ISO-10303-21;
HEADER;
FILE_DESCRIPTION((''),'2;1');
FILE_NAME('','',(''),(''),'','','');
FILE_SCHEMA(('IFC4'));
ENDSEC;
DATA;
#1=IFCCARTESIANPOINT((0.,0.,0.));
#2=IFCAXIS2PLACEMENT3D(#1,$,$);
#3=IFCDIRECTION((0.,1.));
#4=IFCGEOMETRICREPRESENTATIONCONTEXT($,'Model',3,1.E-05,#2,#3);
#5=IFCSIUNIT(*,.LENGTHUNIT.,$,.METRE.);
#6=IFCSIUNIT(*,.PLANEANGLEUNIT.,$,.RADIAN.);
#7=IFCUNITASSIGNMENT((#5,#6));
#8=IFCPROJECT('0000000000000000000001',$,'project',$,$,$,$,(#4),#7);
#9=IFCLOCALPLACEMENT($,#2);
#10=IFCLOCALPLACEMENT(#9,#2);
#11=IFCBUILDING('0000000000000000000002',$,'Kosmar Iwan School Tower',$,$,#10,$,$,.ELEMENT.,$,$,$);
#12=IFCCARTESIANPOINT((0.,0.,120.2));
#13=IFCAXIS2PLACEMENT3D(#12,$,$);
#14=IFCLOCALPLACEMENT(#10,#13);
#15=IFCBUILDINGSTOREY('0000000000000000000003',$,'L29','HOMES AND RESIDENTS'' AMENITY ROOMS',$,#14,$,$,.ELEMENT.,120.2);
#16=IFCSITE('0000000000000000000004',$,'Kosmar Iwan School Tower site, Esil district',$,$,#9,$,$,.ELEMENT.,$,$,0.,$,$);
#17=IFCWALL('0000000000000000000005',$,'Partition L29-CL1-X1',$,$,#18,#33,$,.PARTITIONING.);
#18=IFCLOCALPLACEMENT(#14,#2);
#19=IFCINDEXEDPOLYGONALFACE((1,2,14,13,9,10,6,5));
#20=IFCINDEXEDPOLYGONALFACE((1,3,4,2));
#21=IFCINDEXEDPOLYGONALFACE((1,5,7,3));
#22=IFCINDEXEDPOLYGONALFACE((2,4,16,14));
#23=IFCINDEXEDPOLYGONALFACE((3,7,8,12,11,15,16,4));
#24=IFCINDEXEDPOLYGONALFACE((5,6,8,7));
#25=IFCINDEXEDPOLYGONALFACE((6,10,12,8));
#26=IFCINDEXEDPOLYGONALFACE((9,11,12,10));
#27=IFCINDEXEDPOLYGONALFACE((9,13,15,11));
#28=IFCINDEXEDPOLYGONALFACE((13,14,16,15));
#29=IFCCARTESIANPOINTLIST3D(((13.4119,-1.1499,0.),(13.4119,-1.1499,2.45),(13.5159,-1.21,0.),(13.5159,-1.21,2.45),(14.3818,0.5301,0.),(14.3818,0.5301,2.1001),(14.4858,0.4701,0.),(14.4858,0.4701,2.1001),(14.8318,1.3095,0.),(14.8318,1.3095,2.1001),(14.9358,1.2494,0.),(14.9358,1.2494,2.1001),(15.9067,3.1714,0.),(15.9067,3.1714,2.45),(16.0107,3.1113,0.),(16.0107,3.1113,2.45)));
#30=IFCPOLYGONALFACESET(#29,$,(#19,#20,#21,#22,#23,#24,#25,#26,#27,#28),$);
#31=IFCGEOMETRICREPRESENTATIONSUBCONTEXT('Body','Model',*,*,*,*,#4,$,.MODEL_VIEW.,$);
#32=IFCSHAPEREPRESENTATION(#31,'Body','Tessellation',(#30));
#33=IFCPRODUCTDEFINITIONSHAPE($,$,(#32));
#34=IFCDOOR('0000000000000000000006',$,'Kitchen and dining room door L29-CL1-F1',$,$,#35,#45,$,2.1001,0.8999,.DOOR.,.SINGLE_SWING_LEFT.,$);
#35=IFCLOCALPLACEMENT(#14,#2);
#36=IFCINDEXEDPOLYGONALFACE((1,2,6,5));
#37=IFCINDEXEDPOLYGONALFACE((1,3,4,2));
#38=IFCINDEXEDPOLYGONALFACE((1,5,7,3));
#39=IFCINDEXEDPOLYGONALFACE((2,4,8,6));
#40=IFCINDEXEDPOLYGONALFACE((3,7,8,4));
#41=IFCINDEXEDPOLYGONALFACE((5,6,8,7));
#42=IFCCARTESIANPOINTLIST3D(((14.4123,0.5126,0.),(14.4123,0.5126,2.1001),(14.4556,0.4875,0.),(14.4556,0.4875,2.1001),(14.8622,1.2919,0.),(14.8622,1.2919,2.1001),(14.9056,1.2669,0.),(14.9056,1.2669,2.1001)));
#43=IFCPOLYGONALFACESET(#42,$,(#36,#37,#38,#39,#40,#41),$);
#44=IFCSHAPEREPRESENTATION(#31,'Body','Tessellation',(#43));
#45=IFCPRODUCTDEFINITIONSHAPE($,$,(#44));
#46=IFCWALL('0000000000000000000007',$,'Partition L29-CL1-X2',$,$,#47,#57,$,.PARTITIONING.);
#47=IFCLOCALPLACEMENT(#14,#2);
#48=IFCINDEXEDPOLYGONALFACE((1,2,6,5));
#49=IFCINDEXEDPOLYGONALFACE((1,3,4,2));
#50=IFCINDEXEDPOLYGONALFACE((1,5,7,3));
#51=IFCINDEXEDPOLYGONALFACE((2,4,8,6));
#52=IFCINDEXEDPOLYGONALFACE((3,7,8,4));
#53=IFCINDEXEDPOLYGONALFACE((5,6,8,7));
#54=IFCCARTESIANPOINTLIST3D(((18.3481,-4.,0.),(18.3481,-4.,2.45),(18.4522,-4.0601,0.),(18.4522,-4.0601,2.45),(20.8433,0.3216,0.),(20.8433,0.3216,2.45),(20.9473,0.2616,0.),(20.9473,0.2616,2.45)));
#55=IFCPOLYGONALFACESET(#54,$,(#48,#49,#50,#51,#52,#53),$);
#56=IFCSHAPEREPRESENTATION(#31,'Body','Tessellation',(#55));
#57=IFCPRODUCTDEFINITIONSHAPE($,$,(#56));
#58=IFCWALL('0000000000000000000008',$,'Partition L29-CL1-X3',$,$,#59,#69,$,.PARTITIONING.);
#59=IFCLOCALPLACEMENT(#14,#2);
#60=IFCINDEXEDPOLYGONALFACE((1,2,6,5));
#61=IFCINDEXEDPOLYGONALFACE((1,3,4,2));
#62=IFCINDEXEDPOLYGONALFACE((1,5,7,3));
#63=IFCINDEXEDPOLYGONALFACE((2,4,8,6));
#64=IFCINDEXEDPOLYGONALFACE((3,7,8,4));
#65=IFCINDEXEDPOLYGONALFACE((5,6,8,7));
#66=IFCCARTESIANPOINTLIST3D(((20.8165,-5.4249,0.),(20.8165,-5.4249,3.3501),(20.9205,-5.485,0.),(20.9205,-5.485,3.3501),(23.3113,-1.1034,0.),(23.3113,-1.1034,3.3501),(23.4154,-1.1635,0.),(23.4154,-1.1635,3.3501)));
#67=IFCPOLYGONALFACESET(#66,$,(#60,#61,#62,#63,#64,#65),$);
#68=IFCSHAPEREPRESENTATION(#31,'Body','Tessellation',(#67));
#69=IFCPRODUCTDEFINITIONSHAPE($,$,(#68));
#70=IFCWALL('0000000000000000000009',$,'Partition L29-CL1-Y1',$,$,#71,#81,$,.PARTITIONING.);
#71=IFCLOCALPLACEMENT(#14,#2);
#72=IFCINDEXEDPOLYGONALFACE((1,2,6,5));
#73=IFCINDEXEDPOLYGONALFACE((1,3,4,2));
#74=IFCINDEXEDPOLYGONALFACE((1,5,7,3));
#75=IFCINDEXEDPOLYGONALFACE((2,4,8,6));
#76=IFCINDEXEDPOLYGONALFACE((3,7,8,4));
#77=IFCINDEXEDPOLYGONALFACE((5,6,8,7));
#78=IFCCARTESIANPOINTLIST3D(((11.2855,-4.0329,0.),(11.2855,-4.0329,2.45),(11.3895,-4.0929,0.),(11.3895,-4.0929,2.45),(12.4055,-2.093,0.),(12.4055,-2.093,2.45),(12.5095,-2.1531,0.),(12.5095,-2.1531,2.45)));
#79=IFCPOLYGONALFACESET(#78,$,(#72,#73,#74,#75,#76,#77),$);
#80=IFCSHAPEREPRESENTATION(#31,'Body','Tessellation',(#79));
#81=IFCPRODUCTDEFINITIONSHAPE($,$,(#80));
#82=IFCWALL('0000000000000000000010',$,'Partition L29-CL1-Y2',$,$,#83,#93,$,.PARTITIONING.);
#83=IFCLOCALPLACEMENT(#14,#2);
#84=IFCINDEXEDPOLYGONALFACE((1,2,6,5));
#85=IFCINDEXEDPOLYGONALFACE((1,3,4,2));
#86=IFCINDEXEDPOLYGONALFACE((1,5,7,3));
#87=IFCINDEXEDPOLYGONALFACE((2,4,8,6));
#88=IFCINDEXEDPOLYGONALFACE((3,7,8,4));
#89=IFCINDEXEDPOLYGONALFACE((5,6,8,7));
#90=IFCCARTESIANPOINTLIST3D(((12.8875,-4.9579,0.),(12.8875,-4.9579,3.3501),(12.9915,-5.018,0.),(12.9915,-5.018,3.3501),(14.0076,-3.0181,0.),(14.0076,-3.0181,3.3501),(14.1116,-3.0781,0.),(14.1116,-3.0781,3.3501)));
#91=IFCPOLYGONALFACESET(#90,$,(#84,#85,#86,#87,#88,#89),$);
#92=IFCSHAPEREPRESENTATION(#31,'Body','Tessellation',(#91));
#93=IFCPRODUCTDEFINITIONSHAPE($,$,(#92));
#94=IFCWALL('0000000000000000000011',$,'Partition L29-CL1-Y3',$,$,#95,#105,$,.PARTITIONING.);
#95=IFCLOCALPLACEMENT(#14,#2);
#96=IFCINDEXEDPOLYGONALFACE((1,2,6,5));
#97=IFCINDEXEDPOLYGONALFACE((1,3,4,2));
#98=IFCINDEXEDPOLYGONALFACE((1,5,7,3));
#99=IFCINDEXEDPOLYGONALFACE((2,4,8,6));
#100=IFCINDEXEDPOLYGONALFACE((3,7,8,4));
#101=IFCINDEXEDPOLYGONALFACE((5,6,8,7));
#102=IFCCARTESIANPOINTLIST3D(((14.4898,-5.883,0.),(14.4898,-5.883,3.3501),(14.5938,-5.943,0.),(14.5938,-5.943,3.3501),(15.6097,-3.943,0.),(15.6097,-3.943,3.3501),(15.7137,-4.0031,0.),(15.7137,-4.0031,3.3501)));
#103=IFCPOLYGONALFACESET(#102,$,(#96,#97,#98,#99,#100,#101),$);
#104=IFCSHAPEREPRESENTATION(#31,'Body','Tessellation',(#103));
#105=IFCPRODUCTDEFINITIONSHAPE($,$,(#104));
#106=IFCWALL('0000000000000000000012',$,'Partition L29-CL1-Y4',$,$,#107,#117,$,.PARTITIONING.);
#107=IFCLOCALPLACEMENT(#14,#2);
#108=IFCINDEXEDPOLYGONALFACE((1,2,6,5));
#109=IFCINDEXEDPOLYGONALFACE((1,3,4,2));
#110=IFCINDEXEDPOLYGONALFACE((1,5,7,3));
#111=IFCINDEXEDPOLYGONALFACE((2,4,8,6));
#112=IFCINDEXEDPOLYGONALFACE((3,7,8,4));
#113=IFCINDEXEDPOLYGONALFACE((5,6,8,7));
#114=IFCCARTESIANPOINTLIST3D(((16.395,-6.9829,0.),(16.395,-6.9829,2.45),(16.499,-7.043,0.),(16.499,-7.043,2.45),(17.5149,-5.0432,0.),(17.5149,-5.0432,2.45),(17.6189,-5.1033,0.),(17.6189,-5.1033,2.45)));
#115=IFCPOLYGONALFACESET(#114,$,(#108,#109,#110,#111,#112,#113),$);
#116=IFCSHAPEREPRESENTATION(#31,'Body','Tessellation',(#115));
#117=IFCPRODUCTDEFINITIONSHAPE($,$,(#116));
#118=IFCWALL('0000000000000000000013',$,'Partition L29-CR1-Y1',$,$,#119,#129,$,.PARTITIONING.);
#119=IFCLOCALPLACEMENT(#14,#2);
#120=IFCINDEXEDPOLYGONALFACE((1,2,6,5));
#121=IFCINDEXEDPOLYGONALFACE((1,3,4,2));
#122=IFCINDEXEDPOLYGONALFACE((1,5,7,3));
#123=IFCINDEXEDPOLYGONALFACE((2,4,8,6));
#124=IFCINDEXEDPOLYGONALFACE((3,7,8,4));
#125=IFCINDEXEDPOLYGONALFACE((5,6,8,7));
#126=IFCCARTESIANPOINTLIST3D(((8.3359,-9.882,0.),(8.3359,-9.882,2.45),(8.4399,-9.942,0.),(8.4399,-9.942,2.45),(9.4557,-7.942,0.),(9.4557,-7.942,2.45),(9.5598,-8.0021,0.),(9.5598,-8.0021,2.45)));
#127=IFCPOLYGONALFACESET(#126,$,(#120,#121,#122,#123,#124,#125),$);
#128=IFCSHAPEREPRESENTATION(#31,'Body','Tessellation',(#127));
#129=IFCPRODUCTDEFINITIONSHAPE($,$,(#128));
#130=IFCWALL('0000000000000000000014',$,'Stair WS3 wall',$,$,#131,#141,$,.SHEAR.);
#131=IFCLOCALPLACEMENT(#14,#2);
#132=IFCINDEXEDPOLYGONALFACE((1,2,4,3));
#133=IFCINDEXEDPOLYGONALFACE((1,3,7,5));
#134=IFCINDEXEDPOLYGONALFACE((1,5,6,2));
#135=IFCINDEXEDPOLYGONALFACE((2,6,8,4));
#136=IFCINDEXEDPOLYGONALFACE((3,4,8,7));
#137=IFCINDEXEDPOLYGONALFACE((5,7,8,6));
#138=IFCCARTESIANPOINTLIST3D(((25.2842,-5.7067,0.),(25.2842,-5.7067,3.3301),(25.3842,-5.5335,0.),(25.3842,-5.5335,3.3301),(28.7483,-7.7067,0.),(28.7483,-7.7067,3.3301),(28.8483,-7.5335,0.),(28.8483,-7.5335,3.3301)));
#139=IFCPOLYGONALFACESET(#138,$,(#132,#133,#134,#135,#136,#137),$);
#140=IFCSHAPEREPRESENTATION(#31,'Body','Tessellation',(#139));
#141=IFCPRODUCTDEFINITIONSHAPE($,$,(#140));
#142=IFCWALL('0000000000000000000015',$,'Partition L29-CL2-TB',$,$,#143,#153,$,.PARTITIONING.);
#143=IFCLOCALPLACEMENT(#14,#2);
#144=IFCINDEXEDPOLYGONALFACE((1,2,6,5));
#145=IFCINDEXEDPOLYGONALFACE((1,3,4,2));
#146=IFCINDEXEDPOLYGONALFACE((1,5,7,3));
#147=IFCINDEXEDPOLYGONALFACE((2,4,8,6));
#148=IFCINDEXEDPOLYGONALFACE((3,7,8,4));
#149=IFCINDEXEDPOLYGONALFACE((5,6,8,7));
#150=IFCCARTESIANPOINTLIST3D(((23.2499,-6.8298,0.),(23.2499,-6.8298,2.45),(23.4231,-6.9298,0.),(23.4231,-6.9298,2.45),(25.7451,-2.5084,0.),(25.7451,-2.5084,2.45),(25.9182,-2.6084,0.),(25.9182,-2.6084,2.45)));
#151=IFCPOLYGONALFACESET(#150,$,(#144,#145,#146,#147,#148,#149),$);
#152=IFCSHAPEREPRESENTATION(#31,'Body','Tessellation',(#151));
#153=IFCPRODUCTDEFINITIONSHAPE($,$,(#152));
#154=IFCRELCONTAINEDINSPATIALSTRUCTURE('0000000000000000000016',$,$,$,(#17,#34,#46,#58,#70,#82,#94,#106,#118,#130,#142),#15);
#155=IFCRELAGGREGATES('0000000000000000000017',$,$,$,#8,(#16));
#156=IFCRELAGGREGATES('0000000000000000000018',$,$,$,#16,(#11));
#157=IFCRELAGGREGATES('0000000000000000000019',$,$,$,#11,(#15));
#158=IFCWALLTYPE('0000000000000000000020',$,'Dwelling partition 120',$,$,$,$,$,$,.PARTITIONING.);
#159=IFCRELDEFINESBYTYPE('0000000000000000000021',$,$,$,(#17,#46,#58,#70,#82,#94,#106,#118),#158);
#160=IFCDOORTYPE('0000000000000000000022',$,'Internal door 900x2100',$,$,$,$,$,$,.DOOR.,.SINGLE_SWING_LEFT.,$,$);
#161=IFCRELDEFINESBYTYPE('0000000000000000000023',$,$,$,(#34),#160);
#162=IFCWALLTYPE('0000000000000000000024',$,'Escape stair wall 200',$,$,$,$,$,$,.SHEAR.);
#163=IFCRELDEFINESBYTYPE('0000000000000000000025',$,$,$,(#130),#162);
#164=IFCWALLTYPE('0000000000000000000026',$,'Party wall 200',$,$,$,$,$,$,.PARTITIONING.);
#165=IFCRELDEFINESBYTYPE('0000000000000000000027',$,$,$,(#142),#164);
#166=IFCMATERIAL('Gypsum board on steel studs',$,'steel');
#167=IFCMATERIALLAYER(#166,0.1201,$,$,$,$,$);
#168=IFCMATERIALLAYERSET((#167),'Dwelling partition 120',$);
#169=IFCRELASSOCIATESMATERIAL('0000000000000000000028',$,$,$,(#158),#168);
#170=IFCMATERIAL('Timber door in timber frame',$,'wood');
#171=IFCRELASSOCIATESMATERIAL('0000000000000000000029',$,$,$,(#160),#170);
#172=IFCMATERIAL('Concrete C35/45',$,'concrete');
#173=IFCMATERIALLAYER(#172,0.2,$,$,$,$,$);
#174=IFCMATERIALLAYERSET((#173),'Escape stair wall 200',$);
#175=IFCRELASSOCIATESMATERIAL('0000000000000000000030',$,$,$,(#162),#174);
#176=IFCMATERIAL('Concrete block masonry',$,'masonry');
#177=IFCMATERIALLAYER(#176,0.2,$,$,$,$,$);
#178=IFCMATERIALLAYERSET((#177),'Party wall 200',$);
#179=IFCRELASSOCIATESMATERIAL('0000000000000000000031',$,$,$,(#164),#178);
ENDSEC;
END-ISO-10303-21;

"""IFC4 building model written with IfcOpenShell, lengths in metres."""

from ifc_helpers import new_model, si_unit, direction, frame, frame_2d, origin, place, context, subcontext, project, spatial, rectangle, extrude, material, layer, layer_set, type_object, element, fill, save


model = new_model("IFC4")

# Units and contexts
model_context = context("Model", 3, precision=1e-05, world=origin(), true_north=direction((0.0, 1.0)))
body_context = subcontext(model_context, "Body", "Model", "MODEL_VIEW")
ifc_project = project(units=[si_unit("LENGTHUNIT", "METRE"), si_unit("PLANEANGLEUNIT", "RADIAN")], contexts=[model_context])

# Site, building, storey
site_placement = place(None, origin())
site = spatial("IfcSite", under=ifc_project, at=site_placement, Name="Kosmar Iwan School Tower site, Esil district", CompositionType="ELEMENT", RefElevation=0.0)
building_placement = place(site_placement, origin())
building = spatial("IfcBuilding", under=site, at=building_placement, Name="Kosmar Iwan School Tower", CompositionType="ELEMENT")
storey_placement = place(building_placement, frame((0.0, 0.0, 120.2)))
storey = spatial("IfcBuildingStorey", under=building, at=storey_placement, Name="L29", Description="HOMES AND RESIDENTS' AMENITY ROOMS", CompositionType="ELEMENT", Elevation=120.2)

# Shared definitions
ifc_material_1 = material(Name="Gypsum board on steel studs", Category="steel")
ifc_layer_1 = layer(ifc_material_1, 0.1201)
ifc_layer_set_1 = layer_set([ifc_layer_1], Name="Dwelling partition 120")
wall_type_1 = type_object("IfcWallType", Name="Dwelling partition 120", PredefinedType="PARTITIONING", material=ifc_layer_set_1)
ifc_material_2 = material(Name="Timber door in timber frame", Category="wood")
door_type_1 = type_object("IfcDoorType", Name="Internal door 900x2100", OperationType="SINGLE_SWING_LEFT", PredefinedType="DOOR", material=ifc_material_2)

# Wall, opening, door
wall_1_placement = place(storey_placement, frame((13.4639, -1.1799, 0.0), z_axis=(0.0, 0.0, 1.0), x_axis=(0.499996, 0.866028, 0.0)))
wall_1 = element("IfcWall", 1, at=wall_1_placement, inside=storey, type_object=wall_type_1, Name="Partition L29-CL1-X1", PredefinedType="PARTITIONING", context=body_context, shape_type="SweptSolid", body=[
    extrude(rectangle(XDim=4.9897, YDim=0.1201, at=frame_2d((2.4949, 0.0))), origin(), (0.0, 0.0, 1.0), 2.45),
])
opening_1_placement = place(wall_1_placement, frame((1.9399, 0.0, 0.0)))
opening_1 = element("IfcOpeningElement", 2, at=opening_1_placement, cuts=wall_1, PredefinedType="OPENING", context=body_context, shape_type="SweptSolid", body=[
    extrude(rectangle(XDim=0.8999, YDim=2.1001, at=frame_2d((0.45, 1.05))), frame((0.0, 0.072, 0.0), z_axis=(0.0, -1.0, 0.0), x_axis=(1.0, 0.0, 0.0)), (0.0, 0.0, 1.0), 0.144),
])
door_1_placement = place(opening_1_placement, origin())
door_1 = element("IfcDoor", 3, at=door_1_placement, inside=storey, type_object=door_type_1, Name="Kitchen and dining room door L29-CL1-F1", OperationType="SINGLE_SWING_LEFT", OverallHeight=2.1001, OverallWidth=0.8999, PredefinedType="DOOR", context=body_context, shape_type="SweptSolid", body=[
    extrude(rectangle(XDim=0.8999, YDim=2.1001, at=frame_2d((0.45, 1.05))), frame((0.0, 0.0249, 0.0), z_axis=(0.0, -1.0, 0.0), x_axis=(1.0, 0.0, 0.0)), (0.0, 0.0, 1.0), 0.05),
])
fill(opening_1, door_1)

# Walls
wall_2_placement = place(storey_placement, frame((18.4001, -4.03, 0.0), z_axis=(0.0, 0.0, 1.0), x_axis=(0.500012, 0.866019, 0.0)))
element("IfcWall", 4, at=wall_2_placement, inside=storey, type_object=wall_type_1, Name="Partition L29-CL1-X2", PredefinedType="PARTITIONING", context=body_context, shape_type="SweptSolid", body=[
    extrude(rectangle(XDim=4.9902, YDim=0.1201, at=frame_2d((2.4951, 0.0))), origin(), (0.0, 0.0, 1.0), 2.45),
])
wall_3_placement = place(storey_placement, frame((20.8684, -5.4551, 0.0), z_axis=(0.0, 0.0, 1.0), x_axis=(0.499975, 0.86604, 0.0)))
element("IfcWall", 5, at=wall_3_placement, inside=storey, type_object=wall_type_1, Name="Partition L29-CL1-X3", PredefinedType="PARTITIONING", context=body_context, shape_type="SweptSolid", body=[
    extrude(rectangle(XDim=4.99, YDim=0.1201, at=frame_2d((2.4951, 0.0))), origin(), (0.0, 0.0, 1.0), 3.3501),
])
wall_4_placement = place(storey_placement, frame((11.3374, -4.063, 0.0), z_axis=(0.0, 0.0, 1.0), x_axis=(0.500031, 0.866008, 0.0)))
element("IfcWall", 6, at=wall_4_placement, inside=storey, type_object=wall_type_1, Name="Partition L29-CL1-Y1", PredefinedType="PARTITIONING", context=body_context, shape_type="SweptSolid", body=[
    extrude(rectangle(XDim=2.24, YDim=0.1201, at=frame_2d((1.1201, 0.0))), origin(), (0.0, 0.0, 1.0), 2.45),
])
for number, where, z_axis, x_axis, name in (
    (7, (12.9395, -4.988, 0.0), (0.0, 0.0, 1.0), (0.500031, 0.866008, 0.0), "Partition L29-CL1-Y2"),
    (8, (14.5417, -5.9131, 0.0), (0.0, 0.0, 1.0), (0.499949, 0.866055, 0.0), "Partition L29-CL1-Y3"),
):
    element("IfcWall", number, at=place(storey_placement, frame(where, z_axis=z_axis, x_axis=x_axis)), inside=storey, type_object=wall_type_1, Name=name, PredefinedType="PARTITIONING", context=body_context, shape_type="SweptSolid", body=[
        extrude(rectangle(XDim=2.24, YDim=0.1201, at=frame_2d((1.1201, 0.0))), origin(), (0.0, 0.0, 1.0), 3.3501),
    ])
wall_5_placement = place(storey_placement, frame((16.447, -7.0129, 0.0), z_axis=(0.0, 0.0, 1.0), x_axis=(0.499996, 0.866028, 0.0)))
element("IfcWall", 9, at=wall_5_placement, inside=storey, type_object=wall_type_1, Name="Partition L29-CL1-Y4", PredefinedType="PARTITIONING", context=body_context, shape_type="SweptSolid", body=[
    extrude(rectangle(XDim=2.2397, YDim=0.1201, at=frame_2d((1.1199, 0.0))), origin(), (0.0, 0.0, 1.0), 2.45),
])
wall_6_placement = place(storey_placement, frame((9.5078, -7.9719, 0.0), z_axis=(0.0, 0.0, 1.0), x_axis=(-0.499949, -0.866055, 0.0)))
element("IfcWall", 10, at=wall_6_placement, inside=storey, type_object=wall_type_1, Name="Partition L29-CR1-Y1", PredefinedType="PARTITIONING", context=body_context, shape_type="SweptSolid", body=[
    extrude(rectangle(XDim=2.24, YDim=0.1201, at=frame_2d((1.1201, 0.0))), origin(), (0.0, 0.0, 1.0), 2.45),
])
ifc_material_3 = material(Name="Concrete C35/45", Category="concrete")
ifc_layer_2 = layer(ifc_material_3, 0.2)
ifc_layer_set_2 = layer_set([ifc_layer_2], Name="Escape stair wall 200")
wall_type_2 = type_object("IfcWallType", Name="Escape stair wall 200", PredefinedType="SHEAR", material=ifc_layer_set_2)
wall_7_placement = place(storey_placement, frame((25.3342, -5.6201, 0.0), z_axis=(0.0, 0.0, 1.0), x_axis=(0.866026, -0.499999, 0.0)))
element("IfcWall", 11, at=wall_7_placement, inside=storey, type_object=wall_type_2, Name="Stair WS3 wall", PredefinedType="SHEAR", context=body_context, shape_type="SweptSolid", body=[
    extrude(rectangle(XDim=4.0, YDim=0.2, at=frame_2d((2.0, 0.0))), origin(), (0.0, 0.0, 1.0), 3.3301),
])
ifc_material_4 = material(Name="Concrete block masonry", Category="masonry")
ifc_layer_3 = layer(ifc_material_4, 0.2)
ifc_layer_set_3 = layer_set([ifc_layer_3], Name="Party wall 200")
wall_type_3 = type_object("IfcWallType", Name="Party wall 200", PredefinedType="PARTITIONING", material=ifc_layer_set_3)
wall_8_placement = place(storey_placement, frame((23.3364, -6.8799, 0.0), z_axis=(0.0, 0.0, 1.0), x_axis=(0.500033, 0.866006, 0.0)))
element("IfcWall", 12, at=wall_8_placement, inside=storey, type_object=wall_type_3, Name="Partition L29-CL2-TB", PredefinedType="PARTITIONING", context=body_context, shape_type="SweptSolid", body=[
    extrude(rectangle(XDim=4.99, YDim=0.2, at=frame_2d((2.4951, 0.0))), origin(), (0.0, 0.0, 1.0), 2.45),
])

save(model, "model.ifc")
